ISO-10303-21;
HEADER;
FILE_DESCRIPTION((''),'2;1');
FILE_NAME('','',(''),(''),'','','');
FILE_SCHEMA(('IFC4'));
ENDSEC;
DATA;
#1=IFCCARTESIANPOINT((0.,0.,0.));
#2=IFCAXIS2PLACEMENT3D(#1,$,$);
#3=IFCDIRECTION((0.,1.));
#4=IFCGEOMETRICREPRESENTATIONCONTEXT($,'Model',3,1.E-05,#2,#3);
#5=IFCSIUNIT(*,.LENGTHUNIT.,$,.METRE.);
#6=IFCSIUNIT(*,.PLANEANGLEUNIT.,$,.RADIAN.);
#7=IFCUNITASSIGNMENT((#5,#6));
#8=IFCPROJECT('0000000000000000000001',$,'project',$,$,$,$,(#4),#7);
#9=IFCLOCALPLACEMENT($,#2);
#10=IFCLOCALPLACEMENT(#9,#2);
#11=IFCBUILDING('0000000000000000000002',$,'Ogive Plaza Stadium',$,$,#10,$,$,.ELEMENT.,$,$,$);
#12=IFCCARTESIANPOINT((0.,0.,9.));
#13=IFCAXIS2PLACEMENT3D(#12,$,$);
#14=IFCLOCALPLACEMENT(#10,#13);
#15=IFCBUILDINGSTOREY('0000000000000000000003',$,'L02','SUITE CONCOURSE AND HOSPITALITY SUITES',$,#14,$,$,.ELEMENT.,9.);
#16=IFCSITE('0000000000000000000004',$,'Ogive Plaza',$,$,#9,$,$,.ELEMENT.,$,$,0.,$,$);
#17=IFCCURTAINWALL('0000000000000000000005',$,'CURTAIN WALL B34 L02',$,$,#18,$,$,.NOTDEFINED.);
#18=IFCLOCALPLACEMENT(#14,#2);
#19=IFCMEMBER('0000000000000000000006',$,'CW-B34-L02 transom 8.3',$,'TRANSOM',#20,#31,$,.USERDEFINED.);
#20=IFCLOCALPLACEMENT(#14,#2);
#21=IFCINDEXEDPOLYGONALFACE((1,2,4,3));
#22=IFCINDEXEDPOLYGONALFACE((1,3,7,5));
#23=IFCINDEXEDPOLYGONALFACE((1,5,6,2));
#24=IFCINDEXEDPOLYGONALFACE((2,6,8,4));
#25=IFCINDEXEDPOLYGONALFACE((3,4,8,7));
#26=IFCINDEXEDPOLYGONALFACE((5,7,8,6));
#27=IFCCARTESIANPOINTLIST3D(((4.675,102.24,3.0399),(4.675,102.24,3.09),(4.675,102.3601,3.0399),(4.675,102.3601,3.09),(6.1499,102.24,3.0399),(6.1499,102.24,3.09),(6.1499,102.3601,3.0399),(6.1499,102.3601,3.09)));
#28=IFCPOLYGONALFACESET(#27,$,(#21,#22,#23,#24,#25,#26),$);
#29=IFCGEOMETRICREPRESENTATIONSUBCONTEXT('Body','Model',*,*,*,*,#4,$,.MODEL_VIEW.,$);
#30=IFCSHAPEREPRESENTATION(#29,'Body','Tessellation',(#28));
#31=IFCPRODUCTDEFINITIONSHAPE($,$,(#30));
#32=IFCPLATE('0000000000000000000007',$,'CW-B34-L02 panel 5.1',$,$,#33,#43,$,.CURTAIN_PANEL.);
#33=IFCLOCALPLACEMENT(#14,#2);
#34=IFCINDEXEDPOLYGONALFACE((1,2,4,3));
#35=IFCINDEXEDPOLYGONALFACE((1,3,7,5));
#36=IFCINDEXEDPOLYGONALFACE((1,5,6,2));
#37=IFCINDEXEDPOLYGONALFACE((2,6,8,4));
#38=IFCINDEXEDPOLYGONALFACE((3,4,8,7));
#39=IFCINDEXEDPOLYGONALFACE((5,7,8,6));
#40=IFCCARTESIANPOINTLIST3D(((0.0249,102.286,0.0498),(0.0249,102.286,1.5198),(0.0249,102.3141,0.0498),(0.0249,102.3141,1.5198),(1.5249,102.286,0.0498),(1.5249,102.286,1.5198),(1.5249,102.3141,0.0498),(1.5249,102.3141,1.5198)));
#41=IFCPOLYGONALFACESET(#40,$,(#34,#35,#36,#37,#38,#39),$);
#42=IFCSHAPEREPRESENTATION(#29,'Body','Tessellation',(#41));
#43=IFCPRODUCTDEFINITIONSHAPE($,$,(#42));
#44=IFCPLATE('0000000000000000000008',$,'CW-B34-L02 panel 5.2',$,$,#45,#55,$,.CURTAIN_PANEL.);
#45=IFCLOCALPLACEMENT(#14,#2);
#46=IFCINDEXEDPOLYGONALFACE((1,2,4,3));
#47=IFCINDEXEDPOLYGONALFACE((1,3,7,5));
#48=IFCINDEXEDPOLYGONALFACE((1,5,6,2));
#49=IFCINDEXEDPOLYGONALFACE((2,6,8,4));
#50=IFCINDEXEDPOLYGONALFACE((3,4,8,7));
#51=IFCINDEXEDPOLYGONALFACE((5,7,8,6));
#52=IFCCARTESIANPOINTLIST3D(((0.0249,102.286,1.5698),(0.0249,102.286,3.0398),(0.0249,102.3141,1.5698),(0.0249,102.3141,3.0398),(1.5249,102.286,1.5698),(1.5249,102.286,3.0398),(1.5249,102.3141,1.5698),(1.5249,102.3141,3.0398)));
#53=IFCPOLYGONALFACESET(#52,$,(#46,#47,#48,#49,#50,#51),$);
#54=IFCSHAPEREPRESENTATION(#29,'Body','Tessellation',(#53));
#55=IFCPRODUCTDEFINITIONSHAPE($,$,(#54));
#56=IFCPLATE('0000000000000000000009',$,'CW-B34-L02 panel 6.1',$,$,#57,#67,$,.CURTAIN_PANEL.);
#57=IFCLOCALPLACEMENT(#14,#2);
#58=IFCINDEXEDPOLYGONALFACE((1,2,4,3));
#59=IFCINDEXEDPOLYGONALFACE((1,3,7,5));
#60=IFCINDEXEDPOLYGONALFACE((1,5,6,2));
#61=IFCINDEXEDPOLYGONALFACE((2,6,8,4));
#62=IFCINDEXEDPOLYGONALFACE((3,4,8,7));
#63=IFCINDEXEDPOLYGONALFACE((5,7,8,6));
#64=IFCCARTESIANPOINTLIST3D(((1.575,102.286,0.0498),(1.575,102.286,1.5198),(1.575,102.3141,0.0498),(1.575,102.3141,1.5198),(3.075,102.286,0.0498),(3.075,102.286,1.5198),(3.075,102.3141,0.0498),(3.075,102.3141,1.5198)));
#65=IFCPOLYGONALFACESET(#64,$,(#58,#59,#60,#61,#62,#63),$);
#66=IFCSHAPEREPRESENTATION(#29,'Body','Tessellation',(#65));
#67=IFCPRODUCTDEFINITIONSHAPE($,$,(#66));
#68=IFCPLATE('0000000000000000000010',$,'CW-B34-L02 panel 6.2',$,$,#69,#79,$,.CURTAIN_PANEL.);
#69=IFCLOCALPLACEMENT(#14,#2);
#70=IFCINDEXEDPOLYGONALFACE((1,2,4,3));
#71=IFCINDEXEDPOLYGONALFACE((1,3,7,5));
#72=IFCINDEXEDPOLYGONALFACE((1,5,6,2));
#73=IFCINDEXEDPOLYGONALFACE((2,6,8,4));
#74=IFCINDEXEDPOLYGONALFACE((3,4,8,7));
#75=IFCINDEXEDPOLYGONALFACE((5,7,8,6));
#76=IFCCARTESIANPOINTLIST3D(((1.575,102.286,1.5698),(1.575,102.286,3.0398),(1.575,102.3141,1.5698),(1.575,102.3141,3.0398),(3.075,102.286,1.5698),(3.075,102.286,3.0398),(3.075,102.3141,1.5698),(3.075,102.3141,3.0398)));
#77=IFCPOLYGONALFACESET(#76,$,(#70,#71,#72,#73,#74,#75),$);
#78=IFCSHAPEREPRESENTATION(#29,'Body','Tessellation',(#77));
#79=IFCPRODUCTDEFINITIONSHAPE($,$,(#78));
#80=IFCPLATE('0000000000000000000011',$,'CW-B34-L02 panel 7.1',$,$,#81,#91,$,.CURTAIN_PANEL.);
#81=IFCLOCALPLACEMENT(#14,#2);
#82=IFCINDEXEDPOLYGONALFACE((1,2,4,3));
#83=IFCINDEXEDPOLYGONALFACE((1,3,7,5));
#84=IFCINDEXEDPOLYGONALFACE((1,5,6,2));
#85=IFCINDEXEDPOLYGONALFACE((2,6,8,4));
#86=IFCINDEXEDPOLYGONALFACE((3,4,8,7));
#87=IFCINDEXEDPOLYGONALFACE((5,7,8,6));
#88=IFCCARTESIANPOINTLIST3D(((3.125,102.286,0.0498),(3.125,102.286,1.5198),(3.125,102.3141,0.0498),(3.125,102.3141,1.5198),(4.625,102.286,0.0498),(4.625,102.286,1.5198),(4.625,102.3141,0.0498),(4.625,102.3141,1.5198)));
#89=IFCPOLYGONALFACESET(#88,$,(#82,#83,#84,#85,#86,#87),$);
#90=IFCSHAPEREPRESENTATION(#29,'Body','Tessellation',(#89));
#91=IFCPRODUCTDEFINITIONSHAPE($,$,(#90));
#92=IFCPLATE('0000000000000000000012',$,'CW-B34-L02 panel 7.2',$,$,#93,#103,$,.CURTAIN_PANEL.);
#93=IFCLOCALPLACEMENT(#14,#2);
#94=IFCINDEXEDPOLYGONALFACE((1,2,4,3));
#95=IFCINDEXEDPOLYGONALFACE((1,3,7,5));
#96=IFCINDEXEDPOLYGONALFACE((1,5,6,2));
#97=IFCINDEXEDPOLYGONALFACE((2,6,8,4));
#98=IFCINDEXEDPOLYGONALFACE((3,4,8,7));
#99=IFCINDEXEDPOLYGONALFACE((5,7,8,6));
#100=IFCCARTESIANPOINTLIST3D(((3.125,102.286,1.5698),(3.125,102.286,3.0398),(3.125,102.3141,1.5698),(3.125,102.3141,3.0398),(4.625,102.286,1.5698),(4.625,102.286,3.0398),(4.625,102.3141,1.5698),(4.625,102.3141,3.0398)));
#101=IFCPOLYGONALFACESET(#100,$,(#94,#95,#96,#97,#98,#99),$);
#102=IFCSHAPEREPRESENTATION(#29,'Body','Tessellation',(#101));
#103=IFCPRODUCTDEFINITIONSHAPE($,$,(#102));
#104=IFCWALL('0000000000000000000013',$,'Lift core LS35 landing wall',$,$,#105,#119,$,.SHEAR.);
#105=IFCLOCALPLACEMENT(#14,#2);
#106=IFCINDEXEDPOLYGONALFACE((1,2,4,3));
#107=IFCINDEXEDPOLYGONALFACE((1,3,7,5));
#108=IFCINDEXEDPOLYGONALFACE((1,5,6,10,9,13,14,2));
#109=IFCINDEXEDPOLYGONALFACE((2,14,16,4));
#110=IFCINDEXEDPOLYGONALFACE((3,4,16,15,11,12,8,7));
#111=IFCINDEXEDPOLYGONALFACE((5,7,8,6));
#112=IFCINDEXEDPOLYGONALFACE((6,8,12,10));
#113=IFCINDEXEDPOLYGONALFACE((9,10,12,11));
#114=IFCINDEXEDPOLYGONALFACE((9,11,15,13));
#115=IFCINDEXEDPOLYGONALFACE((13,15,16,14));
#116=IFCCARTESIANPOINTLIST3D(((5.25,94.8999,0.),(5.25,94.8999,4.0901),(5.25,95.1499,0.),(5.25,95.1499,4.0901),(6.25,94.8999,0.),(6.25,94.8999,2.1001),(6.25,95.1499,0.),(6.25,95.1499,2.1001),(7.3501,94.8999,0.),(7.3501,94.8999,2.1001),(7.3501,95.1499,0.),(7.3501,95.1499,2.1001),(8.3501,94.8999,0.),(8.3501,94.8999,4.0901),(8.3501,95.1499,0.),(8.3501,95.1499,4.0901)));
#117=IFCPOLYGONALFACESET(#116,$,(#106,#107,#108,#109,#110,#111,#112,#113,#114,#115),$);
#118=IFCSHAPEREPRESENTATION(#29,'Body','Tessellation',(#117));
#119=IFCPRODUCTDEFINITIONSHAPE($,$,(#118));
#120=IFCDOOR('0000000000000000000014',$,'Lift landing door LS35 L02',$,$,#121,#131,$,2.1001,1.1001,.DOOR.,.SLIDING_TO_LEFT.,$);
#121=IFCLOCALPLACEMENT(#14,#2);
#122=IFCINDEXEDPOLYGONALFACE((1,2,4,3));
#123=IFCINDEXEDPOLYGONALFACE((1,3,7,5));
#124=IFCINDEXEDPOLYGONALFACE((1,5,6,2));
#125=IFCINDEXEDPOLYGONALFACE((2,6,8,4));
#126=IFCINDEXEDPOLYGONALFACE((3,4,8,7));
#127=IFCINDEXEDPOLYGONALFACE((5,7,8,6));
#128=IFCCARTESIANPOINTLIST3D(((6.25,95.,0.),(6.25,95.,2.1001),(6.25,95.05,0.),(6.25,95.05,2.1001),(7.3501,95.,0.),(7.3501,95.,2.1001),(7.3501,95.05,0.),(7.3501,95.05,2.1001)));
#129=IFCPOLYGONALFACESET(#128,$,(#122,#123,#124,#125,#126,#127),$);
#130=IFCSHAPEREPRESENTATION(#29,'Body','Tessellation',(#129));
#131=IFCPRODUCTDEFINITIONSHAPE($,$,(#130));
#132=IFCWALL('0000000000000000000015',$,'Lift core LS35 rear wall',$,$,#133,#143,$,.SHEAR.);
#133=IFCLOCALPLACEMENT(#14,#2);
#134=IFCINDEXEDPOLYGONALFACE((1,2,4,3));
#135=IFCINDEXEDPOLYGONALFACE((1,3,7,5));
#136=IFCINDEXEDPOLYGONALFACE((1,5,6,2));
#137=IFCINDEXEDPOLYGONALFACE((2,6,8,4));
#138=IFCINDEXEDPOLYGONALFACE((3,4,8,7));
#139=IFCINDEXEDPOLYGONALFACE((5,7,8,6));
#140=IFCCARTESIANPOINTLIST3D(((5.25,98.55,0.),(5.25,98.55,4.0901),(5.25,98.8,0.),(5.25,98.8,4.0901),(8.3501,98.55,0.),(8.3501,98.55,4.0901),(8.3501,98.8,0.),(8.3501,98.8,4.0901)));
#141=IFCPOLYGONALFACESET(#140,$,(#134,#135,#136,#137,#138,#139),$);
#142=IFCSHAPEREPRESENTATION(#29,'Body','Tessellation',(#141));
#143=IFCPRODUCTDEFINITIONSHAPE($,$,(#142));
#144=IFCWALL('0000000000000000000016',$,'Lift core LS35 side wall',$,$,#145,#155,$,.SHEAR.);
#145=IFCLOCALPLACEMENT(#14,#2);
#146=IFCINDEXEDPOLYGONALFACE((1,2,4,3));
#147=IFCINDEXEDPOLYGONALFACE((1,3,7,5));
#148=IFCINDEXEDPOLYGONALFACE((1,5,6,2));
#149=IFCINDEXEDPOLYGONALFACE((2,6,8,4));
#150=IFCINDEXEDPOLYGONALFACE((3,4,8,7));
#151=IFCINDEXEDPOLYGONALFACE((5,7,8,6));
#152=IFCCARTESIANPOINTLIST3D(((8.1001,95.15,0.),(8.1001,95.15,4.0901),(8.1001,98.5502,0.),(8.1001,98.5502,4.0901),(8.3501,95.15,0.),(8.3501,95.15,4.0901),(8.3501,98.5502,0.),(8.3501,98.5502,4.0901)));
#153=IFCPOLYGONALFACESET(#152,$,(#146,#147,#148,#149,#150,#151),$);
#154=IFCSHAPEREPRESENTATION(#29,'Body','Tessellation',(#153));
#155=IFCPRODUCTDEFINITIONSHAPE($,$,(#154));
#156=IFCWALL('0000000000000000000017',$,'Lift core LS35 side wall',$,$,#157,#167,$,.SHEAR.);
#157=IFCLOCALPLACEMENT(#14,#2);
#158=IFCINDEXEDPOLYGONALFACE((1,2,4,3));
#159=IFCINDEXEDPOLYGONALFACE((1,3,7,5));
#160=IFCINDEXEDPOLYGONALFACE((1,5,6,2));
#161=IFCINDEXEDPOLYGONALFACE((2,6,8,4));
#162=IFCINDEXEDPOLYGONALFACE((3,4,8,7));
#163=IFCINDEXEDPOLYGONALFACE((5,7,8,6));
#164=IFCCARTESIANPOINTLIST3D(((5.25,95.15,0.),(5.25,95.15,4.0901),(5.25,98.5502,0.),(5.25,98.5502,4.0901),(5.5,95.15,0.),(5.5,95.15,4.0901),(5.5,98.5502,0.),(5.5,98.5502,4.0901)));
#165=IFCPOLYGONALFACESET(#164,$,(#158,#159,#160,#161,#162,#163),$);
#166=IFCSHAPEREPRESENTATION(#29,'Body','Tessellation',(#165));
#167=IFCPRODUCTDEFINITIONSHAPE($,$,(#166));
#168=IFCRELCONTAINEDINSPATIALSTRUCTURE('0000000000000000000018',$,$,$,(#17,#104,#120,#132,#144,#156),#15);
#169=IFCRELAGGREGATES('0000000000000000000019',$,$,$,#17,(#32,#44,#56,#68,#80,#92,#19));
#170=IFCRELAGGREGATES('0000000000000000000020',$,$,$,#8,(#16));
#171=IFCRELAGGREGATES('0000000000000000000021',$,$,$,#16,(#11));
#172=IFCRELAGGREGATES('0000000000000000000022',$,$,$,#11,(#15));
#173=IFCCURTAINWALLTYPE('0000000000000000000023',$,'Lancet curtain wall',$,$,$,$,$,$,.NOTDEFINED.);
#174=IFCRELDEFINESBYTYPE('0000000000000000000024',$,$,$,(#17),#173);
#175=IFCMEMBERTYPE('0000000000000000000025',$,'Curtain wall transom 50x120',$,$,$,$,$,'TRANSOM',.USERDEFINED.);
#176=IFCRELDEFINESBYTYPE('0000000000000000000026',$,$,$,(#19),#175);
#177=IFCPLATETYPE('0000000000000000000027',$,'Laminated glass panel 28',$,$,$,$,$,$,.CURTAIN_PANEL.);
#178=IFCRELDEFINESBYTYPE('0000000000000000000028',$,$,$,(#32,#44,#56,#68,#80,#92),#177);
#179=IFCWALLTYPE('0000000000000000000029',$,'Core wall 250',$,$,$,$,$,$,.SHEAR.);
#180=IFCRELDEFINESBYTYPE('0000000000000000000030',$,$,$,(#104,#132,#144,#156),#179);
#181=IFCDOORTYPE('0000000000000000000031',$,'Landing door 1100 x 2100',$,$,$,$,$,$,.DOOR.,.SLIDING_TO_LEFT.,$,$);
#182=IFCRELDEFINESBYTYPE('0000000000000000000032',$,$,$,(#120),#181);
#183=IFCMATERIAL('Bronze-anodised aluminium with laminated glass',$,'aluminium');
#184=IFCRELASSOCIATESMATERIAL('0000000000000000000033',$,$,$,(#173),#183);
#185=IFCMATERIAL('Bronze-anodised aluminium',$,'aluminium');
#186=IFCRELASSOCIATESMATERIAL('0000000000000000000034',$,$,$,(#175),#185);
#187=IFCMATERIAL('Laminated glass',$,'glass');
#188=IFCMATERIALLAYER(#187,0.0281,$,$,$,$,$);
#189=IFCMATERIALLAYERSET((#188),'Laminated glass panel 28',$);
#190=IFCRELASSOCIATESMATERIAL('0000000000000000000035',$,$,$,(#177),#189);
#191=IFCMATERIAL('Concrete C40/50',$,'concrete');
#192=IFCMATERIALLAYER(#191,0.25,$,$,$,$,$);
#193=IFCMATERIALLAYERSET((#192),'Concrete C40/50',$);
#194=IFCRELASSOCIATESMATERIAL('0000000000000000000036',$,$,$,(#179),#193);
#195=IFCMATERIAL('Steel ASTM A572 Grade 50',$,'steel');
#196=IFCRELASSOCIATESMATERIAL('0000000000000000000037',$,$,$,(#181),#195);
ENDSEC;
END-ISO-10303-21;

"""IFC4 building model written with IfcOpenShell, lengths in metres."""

from ifc_helpers import new_model, si_unit, direction, frame, frame_2d, origin, origin_2d, place, context, subcontext, project, spatial, rectangle, extrude, material, layer, layer_set, material_profile, profile_set, type_object, element, fill, aggregate, save


model = new_model("IFC4")

# Units and contexts
model_context = context("Model", 3, precision=1e-05, world=origin(), true_north=direction((0.0, 1.0)))
body_context = subcontext(model_context, "Body", "Model", "MODEL_VIEW")
ifc_project = project(units=[si_unit("LENGTHUNIT", "METRE"), si_unit("PLANEANGLEUNIT", "RADIAN")], contexts=[model_context])

# Site, building, storey
site_placement = place(None, origin())
site = spatial("IfcSite", under=ifc_project, at=site_placement, Name="Ogive Plaza", CompositionType="ELEMENT", RefElevation=0.0)
building_placement = place(site_placement, origin())
building = spatial("IfcBuilding", under=site, at=building_placement, Name="Ogive Plaza Stadium", CompositionType="ELEMENT")
storey_placement = place(building_placement, frame((0.0, 0.0, 9.0)))
storey = spatial("IfcBuildingStorey", under=building, at=storey_placement, Name="L02", Description="SUITE CONCOURSE AND HOSPITALITY SUITES", CompositionType="ELEMENT", Elevation=9.0)

# Curtain wall, member, plates
ifc_material_1 = material(Name="Bronze-anodised aluminium with laminated glass", Category="aluminium")
curtain_wall_type = type_object("IfcCurtainWallType", Name="Lancet curtain wall", PredefinedType="NOTDEFINED", material=ifc_material_1)
curtain_wall_placement = place(storey_placement, origin())
curtain_wall = element("IfcCurtainWall", 1, at=curtain_wall_placement, inside=storey, type_object=curtain_wall_type, Name="CURTAIN WALL B34 L02", PredefinedType="NOTDEFINED")
ifc_material_2 = material(Name="Bronze-anodised aluminium", Category="aluminium")
ifc_material_profile_1 = material_profile(ifc_material_2, rectangle(XDim=0.1201, YDim=0.05, at=origin_2d()), Name="AL 120x50")
ifc_profile_set_1 = profile_set([ifc_material_profile_1], Name="Bronze-anodised aluminium")
member_type_1 = type_object("IfcMemberType", Name="Curtain wall transom 50x120", ElementType="TRANSOM", PredefinedType="USERDEFINED", material=ifc_profile_set_1)
member_1_placement = place(storey_placement, frame((4.675, 102.3, 3.0649), z_axis=(1.0, 0.0, 0.0), x_axis=(0.0, 1.0, 0.0)))
member_1 = element("IfcMember", 2, at=member_1_placement, type_object=member_type_1, Name="CW-B34-L02 transom 8.3", ObjectType="TRANSOM", PredefinedType="USERDEFINED", context=body_context, shape_type="SweptSolid", body=[
    extrude(rectangle(XDim=0.1201, YDim=0.05, at=origin_2d()), origin(), (0.0, 0.0, 1.0), 1.4749),
])
ifc_material_3 = material(Name="Laminated glass", Category="glass")
ifc_layer_1 = layer(ifc_material_3, 0.0281)
ifc_layer_set_1 = layer_set([ifc_layer_1], Name="Laminated glass panel 28")
plate_type = type_object("IfcPlateType", Name="Laminated glass panel 28", PredefinedType="CURTAIN_PANEL", material=ifc_layer_set_1)
plate_1_placement = place(storey_placement, frame((0.7749, 102.3, 0.0498), z_axis=(0.0, 0.0, 1.0), x_axis=(1.0, 0.0, 0.0)))
plate_1 = element("IfcPlate", 3, at=plate_1_placement, type_object=plate_type, Name="CW-B34-L02 panel 5.1", PredefinedType="CURTAIN_PANEL", context=body_context, shape_type="SweptSolid", body=[
    extrude(rectangle(XDim=1.5, YDim=0.0281, at=origin_2d()), origin(), (0.0, 0.0, 1.0), 1.47),
])
plate_2_placement = place(storey_placement, frame((0.7749, 102.3, 1.5698), z_axis=(0.0, 0.0, 1.0), x_axis=(1.0, 0.0, 0.0)))
plate_2 = element("IfcPlate", 4, at=plate_2_placement, type_object=plate_type, Name="CW-B34-L02 panel 5.2", PredefinedType="CURTAIN_PANEL", context=body_context, shape_type="SweptSolid", body=[
    extrude(rectangle(XDim=1.5, YDim=0.0281, at=origin_2d()), origin(), (0.0, 0.0, 1.0), 1.47),
])
plate_3_placement = place(storey_placement, frame((2.325, 102.3, 0.0498), z_axis=(0.0, 0.0, 1.0), x_axis=(1.0, 0.0, 0.0)))
plate_3 = element("IfcPlate", 5, at=plate_3_placement, type_object=plate_type, Name="CW-B34-L02 panel 6.1", PredefinedType="CURTAIN_PANEL", context=body_context, shape_type="SweptSolid", body=[
    extrude(rectangle(XDim=1.5, YDim=0.0281, at=origin_2d()), origin(), (0.0, 0.0, 1.0), 1.47),
])
plate_4_placement = place(storey_placement, frame((2.325, 102.3, 1.5698), z_axis=(0.0, 0.0, 1.0), x_axis=(1.0, 0.0, 0.0)))
plate_4 = element("IfcPlate", 6, at=plate_4_placement, type_object=plate_type, Name="CW-B34-L02 panel 6.2", PredefinedType="CURTAIN_PANEL", context=body_context, shape_type="SweptSolid", body=[
    extrude(rectangle(XDim=1.5, YDim=0.0281, at=origin_2d()), origin(), (0.0, 0.0, 1.0), 1.47),
])
plate_5_placement = place(storey_placement, frame((3.875, 102.3, 0.0498), z_axis=(0.0, 0.0, 1.0), x_axis=(1.0, 0.0, 0.0)))
plate_5 = element("IfcPlate", 7, at=plate_5_placement, type_object=plate_type, Name="CW-B34-L02 panel 7.1", PredefinedType="CURTAIN_PANEL", context=body_context, shape_type="SweptSolid", body=[
    extrude(rectangle(XDim=1.5, YDim=0.0281, at=origin_2d()), origin(), (0.0, 0.0, 1.0), 1.47),
])
plate_6_placement = place(storey_placement, frame((3.875, 102.3, 1.5698), z_axis=(0.0, 0.0, 1.0), x_axis=(1.0, 0.0, 0.0)))
plate_6 = element("IfcPlate", 8, at=plate_6_placement, type_object=plate_type, Name="CW-B34-L02 panel 7.2", PredefinedType="CURTAIN_PANEL", context=body_context, shape_type="SweptSolid", body=[
    extrude(rectangle(XDim=1.5, YDim=0.0281, at=origin_2d()), origin(), (0.0, 0.0, 1.0), 1.47),
])
aggregate(curtain_wall, [plate_1, plate_2, plate_3, plate_4, plate_5, plate_6, member_1])

# Wall, opening, door
ifc_material_4 = material(Name="Concrete C40/50", Category="concrete")
ifc_layer_2 = layer(ifc_material_4, 0.25)
ifc_layer_set_2 = layer_set([ifc_layer_2], Name="Concrete C40/50")
wall_type = type_object("IfcWallType", Name="Core wall 250", PredefinedType="SHEAR", material=ifc_layer_set_2)
wall_1_placement = place(storey_placement, frame((8.3501, 95.0249, 0.0), z_axis=(0.0, 0.0, 1.0), x_axis=(-1.0, 0.0, 0.0)))
wall_1 = element("IfcWall", 9, at=wall_1_placement, inside=storey, type_object=wall_type, Name="Lift core LS35 landing wall", PredefinedType="SHEAR", context=body_context, shape_type="SweptSolid", body=[
    extrude(rectangle(XDim=3.1001, YDim=0.25, at=frame_2d((1.55, 0.0))), origin(), (0.0, 0.0, 1.0), 4.0901),
])
opening_placement = place(wall_1_placement, frame((1.0, 0.0, 0.0)))
opening = element("IfcOpeningElement", 10, at=opening_placement, cuts=wall_1, PredefinedType="OPENING", context=body_context, shape_type="SweptSolid", body=[
    extrude(rectangle(XDim=1.1001, YDim=2.1001, at=frame_2d((0.55, 1.05))), frame((0.0, 0.125, 0.0), z_axis=(0.0, -1.0, 0.0), x_axis=(1.0, 0.0, 0.0)), (0.0, 0.0, 1.0), 0.25),
])
ifc_material_5 = material(Name="Steel ASTM A572 Grade 50", Category="steel")
door_type = type_object("IfcDoorType", Name="Landing door 1100 x 2100", OperationType="SLIDING_TO_LEFT", PredefinedType="DOOR", material=ifc_material_5)
door_placement = place(opening_placement, origin())
door = element("IfcDoor", 11, at=door_placement, inside=storey, type_object=door_type, Name="Lift landing door LS35 L02", OperationType="SLIDING_TO_LEFT", OverallHeight=2.1001, OverallWidth=1.1001, PredefinedType="DOOR", context=body_context, shape_type="SweptSolid", body=[
    extrude(rectangle(XDim=1.1001, YDim=2.1001, at=frame_2d((0.55, 1.05))), frame((0.0, 0.0249, 0.0), z_axis=(0.0, -1.0, 0.0), x_axis=(1.0, 0.0, 0.0)), (0.0, 0.0, 1.0), 0.05),
])
fill(opening, door)

# Walls
wall_2_placement = place(storey_placement, frame((8.3501, 98.675, 0.0), z_axis=(0.0, 0.0, 1.0), x_axis=(-1.0, 0.0, 0.0)))
element("IfcWall", 12, at=wall_2_placement, inside=storey, type_object=wall_type, Name="Lift core LS35 rear wall", PredefinedType="SHEAR", context=body_context, shape_type="SweptSolid", body=[
    extrude(rectangle(XDim=3.1001, YDim=0.25, at=frame_2d((1.55, 0.0))), origin(), (0.0, 0.0, 1.0), 4.0901),
])
for number, where, z_axis, x_axis, name in (
    (13, (8.2251, 95.1499, 0.0), (0.0, 0.0, 1.0), (0.0, 1.0, 0.0), "Lift core LS35 side wall"),
    (14, (5.375, 95.1499, 0.0), (0.0, 0.0, 1.0), (0.0, 1.0, 0.0), "Lift core LS35 side wall"),
):
    element("IfcWall", number, at=place(storey_placement, frame(where, z_axis=z_axis, x_axis=x_axis)), inside=storey, type_object=wall_type, Name=name, PredefinedType="SHEAR", context=body_context, shape_type="SweptSolid", body=[
        extrude(rectangle(XDim=3.4001, YDim=0.25, at=frame_2d((1.7002, 0.0))), origin(), (0.0, 0.0, 1.0), 4.0901),
    ])

save(model, "model.ifc")
